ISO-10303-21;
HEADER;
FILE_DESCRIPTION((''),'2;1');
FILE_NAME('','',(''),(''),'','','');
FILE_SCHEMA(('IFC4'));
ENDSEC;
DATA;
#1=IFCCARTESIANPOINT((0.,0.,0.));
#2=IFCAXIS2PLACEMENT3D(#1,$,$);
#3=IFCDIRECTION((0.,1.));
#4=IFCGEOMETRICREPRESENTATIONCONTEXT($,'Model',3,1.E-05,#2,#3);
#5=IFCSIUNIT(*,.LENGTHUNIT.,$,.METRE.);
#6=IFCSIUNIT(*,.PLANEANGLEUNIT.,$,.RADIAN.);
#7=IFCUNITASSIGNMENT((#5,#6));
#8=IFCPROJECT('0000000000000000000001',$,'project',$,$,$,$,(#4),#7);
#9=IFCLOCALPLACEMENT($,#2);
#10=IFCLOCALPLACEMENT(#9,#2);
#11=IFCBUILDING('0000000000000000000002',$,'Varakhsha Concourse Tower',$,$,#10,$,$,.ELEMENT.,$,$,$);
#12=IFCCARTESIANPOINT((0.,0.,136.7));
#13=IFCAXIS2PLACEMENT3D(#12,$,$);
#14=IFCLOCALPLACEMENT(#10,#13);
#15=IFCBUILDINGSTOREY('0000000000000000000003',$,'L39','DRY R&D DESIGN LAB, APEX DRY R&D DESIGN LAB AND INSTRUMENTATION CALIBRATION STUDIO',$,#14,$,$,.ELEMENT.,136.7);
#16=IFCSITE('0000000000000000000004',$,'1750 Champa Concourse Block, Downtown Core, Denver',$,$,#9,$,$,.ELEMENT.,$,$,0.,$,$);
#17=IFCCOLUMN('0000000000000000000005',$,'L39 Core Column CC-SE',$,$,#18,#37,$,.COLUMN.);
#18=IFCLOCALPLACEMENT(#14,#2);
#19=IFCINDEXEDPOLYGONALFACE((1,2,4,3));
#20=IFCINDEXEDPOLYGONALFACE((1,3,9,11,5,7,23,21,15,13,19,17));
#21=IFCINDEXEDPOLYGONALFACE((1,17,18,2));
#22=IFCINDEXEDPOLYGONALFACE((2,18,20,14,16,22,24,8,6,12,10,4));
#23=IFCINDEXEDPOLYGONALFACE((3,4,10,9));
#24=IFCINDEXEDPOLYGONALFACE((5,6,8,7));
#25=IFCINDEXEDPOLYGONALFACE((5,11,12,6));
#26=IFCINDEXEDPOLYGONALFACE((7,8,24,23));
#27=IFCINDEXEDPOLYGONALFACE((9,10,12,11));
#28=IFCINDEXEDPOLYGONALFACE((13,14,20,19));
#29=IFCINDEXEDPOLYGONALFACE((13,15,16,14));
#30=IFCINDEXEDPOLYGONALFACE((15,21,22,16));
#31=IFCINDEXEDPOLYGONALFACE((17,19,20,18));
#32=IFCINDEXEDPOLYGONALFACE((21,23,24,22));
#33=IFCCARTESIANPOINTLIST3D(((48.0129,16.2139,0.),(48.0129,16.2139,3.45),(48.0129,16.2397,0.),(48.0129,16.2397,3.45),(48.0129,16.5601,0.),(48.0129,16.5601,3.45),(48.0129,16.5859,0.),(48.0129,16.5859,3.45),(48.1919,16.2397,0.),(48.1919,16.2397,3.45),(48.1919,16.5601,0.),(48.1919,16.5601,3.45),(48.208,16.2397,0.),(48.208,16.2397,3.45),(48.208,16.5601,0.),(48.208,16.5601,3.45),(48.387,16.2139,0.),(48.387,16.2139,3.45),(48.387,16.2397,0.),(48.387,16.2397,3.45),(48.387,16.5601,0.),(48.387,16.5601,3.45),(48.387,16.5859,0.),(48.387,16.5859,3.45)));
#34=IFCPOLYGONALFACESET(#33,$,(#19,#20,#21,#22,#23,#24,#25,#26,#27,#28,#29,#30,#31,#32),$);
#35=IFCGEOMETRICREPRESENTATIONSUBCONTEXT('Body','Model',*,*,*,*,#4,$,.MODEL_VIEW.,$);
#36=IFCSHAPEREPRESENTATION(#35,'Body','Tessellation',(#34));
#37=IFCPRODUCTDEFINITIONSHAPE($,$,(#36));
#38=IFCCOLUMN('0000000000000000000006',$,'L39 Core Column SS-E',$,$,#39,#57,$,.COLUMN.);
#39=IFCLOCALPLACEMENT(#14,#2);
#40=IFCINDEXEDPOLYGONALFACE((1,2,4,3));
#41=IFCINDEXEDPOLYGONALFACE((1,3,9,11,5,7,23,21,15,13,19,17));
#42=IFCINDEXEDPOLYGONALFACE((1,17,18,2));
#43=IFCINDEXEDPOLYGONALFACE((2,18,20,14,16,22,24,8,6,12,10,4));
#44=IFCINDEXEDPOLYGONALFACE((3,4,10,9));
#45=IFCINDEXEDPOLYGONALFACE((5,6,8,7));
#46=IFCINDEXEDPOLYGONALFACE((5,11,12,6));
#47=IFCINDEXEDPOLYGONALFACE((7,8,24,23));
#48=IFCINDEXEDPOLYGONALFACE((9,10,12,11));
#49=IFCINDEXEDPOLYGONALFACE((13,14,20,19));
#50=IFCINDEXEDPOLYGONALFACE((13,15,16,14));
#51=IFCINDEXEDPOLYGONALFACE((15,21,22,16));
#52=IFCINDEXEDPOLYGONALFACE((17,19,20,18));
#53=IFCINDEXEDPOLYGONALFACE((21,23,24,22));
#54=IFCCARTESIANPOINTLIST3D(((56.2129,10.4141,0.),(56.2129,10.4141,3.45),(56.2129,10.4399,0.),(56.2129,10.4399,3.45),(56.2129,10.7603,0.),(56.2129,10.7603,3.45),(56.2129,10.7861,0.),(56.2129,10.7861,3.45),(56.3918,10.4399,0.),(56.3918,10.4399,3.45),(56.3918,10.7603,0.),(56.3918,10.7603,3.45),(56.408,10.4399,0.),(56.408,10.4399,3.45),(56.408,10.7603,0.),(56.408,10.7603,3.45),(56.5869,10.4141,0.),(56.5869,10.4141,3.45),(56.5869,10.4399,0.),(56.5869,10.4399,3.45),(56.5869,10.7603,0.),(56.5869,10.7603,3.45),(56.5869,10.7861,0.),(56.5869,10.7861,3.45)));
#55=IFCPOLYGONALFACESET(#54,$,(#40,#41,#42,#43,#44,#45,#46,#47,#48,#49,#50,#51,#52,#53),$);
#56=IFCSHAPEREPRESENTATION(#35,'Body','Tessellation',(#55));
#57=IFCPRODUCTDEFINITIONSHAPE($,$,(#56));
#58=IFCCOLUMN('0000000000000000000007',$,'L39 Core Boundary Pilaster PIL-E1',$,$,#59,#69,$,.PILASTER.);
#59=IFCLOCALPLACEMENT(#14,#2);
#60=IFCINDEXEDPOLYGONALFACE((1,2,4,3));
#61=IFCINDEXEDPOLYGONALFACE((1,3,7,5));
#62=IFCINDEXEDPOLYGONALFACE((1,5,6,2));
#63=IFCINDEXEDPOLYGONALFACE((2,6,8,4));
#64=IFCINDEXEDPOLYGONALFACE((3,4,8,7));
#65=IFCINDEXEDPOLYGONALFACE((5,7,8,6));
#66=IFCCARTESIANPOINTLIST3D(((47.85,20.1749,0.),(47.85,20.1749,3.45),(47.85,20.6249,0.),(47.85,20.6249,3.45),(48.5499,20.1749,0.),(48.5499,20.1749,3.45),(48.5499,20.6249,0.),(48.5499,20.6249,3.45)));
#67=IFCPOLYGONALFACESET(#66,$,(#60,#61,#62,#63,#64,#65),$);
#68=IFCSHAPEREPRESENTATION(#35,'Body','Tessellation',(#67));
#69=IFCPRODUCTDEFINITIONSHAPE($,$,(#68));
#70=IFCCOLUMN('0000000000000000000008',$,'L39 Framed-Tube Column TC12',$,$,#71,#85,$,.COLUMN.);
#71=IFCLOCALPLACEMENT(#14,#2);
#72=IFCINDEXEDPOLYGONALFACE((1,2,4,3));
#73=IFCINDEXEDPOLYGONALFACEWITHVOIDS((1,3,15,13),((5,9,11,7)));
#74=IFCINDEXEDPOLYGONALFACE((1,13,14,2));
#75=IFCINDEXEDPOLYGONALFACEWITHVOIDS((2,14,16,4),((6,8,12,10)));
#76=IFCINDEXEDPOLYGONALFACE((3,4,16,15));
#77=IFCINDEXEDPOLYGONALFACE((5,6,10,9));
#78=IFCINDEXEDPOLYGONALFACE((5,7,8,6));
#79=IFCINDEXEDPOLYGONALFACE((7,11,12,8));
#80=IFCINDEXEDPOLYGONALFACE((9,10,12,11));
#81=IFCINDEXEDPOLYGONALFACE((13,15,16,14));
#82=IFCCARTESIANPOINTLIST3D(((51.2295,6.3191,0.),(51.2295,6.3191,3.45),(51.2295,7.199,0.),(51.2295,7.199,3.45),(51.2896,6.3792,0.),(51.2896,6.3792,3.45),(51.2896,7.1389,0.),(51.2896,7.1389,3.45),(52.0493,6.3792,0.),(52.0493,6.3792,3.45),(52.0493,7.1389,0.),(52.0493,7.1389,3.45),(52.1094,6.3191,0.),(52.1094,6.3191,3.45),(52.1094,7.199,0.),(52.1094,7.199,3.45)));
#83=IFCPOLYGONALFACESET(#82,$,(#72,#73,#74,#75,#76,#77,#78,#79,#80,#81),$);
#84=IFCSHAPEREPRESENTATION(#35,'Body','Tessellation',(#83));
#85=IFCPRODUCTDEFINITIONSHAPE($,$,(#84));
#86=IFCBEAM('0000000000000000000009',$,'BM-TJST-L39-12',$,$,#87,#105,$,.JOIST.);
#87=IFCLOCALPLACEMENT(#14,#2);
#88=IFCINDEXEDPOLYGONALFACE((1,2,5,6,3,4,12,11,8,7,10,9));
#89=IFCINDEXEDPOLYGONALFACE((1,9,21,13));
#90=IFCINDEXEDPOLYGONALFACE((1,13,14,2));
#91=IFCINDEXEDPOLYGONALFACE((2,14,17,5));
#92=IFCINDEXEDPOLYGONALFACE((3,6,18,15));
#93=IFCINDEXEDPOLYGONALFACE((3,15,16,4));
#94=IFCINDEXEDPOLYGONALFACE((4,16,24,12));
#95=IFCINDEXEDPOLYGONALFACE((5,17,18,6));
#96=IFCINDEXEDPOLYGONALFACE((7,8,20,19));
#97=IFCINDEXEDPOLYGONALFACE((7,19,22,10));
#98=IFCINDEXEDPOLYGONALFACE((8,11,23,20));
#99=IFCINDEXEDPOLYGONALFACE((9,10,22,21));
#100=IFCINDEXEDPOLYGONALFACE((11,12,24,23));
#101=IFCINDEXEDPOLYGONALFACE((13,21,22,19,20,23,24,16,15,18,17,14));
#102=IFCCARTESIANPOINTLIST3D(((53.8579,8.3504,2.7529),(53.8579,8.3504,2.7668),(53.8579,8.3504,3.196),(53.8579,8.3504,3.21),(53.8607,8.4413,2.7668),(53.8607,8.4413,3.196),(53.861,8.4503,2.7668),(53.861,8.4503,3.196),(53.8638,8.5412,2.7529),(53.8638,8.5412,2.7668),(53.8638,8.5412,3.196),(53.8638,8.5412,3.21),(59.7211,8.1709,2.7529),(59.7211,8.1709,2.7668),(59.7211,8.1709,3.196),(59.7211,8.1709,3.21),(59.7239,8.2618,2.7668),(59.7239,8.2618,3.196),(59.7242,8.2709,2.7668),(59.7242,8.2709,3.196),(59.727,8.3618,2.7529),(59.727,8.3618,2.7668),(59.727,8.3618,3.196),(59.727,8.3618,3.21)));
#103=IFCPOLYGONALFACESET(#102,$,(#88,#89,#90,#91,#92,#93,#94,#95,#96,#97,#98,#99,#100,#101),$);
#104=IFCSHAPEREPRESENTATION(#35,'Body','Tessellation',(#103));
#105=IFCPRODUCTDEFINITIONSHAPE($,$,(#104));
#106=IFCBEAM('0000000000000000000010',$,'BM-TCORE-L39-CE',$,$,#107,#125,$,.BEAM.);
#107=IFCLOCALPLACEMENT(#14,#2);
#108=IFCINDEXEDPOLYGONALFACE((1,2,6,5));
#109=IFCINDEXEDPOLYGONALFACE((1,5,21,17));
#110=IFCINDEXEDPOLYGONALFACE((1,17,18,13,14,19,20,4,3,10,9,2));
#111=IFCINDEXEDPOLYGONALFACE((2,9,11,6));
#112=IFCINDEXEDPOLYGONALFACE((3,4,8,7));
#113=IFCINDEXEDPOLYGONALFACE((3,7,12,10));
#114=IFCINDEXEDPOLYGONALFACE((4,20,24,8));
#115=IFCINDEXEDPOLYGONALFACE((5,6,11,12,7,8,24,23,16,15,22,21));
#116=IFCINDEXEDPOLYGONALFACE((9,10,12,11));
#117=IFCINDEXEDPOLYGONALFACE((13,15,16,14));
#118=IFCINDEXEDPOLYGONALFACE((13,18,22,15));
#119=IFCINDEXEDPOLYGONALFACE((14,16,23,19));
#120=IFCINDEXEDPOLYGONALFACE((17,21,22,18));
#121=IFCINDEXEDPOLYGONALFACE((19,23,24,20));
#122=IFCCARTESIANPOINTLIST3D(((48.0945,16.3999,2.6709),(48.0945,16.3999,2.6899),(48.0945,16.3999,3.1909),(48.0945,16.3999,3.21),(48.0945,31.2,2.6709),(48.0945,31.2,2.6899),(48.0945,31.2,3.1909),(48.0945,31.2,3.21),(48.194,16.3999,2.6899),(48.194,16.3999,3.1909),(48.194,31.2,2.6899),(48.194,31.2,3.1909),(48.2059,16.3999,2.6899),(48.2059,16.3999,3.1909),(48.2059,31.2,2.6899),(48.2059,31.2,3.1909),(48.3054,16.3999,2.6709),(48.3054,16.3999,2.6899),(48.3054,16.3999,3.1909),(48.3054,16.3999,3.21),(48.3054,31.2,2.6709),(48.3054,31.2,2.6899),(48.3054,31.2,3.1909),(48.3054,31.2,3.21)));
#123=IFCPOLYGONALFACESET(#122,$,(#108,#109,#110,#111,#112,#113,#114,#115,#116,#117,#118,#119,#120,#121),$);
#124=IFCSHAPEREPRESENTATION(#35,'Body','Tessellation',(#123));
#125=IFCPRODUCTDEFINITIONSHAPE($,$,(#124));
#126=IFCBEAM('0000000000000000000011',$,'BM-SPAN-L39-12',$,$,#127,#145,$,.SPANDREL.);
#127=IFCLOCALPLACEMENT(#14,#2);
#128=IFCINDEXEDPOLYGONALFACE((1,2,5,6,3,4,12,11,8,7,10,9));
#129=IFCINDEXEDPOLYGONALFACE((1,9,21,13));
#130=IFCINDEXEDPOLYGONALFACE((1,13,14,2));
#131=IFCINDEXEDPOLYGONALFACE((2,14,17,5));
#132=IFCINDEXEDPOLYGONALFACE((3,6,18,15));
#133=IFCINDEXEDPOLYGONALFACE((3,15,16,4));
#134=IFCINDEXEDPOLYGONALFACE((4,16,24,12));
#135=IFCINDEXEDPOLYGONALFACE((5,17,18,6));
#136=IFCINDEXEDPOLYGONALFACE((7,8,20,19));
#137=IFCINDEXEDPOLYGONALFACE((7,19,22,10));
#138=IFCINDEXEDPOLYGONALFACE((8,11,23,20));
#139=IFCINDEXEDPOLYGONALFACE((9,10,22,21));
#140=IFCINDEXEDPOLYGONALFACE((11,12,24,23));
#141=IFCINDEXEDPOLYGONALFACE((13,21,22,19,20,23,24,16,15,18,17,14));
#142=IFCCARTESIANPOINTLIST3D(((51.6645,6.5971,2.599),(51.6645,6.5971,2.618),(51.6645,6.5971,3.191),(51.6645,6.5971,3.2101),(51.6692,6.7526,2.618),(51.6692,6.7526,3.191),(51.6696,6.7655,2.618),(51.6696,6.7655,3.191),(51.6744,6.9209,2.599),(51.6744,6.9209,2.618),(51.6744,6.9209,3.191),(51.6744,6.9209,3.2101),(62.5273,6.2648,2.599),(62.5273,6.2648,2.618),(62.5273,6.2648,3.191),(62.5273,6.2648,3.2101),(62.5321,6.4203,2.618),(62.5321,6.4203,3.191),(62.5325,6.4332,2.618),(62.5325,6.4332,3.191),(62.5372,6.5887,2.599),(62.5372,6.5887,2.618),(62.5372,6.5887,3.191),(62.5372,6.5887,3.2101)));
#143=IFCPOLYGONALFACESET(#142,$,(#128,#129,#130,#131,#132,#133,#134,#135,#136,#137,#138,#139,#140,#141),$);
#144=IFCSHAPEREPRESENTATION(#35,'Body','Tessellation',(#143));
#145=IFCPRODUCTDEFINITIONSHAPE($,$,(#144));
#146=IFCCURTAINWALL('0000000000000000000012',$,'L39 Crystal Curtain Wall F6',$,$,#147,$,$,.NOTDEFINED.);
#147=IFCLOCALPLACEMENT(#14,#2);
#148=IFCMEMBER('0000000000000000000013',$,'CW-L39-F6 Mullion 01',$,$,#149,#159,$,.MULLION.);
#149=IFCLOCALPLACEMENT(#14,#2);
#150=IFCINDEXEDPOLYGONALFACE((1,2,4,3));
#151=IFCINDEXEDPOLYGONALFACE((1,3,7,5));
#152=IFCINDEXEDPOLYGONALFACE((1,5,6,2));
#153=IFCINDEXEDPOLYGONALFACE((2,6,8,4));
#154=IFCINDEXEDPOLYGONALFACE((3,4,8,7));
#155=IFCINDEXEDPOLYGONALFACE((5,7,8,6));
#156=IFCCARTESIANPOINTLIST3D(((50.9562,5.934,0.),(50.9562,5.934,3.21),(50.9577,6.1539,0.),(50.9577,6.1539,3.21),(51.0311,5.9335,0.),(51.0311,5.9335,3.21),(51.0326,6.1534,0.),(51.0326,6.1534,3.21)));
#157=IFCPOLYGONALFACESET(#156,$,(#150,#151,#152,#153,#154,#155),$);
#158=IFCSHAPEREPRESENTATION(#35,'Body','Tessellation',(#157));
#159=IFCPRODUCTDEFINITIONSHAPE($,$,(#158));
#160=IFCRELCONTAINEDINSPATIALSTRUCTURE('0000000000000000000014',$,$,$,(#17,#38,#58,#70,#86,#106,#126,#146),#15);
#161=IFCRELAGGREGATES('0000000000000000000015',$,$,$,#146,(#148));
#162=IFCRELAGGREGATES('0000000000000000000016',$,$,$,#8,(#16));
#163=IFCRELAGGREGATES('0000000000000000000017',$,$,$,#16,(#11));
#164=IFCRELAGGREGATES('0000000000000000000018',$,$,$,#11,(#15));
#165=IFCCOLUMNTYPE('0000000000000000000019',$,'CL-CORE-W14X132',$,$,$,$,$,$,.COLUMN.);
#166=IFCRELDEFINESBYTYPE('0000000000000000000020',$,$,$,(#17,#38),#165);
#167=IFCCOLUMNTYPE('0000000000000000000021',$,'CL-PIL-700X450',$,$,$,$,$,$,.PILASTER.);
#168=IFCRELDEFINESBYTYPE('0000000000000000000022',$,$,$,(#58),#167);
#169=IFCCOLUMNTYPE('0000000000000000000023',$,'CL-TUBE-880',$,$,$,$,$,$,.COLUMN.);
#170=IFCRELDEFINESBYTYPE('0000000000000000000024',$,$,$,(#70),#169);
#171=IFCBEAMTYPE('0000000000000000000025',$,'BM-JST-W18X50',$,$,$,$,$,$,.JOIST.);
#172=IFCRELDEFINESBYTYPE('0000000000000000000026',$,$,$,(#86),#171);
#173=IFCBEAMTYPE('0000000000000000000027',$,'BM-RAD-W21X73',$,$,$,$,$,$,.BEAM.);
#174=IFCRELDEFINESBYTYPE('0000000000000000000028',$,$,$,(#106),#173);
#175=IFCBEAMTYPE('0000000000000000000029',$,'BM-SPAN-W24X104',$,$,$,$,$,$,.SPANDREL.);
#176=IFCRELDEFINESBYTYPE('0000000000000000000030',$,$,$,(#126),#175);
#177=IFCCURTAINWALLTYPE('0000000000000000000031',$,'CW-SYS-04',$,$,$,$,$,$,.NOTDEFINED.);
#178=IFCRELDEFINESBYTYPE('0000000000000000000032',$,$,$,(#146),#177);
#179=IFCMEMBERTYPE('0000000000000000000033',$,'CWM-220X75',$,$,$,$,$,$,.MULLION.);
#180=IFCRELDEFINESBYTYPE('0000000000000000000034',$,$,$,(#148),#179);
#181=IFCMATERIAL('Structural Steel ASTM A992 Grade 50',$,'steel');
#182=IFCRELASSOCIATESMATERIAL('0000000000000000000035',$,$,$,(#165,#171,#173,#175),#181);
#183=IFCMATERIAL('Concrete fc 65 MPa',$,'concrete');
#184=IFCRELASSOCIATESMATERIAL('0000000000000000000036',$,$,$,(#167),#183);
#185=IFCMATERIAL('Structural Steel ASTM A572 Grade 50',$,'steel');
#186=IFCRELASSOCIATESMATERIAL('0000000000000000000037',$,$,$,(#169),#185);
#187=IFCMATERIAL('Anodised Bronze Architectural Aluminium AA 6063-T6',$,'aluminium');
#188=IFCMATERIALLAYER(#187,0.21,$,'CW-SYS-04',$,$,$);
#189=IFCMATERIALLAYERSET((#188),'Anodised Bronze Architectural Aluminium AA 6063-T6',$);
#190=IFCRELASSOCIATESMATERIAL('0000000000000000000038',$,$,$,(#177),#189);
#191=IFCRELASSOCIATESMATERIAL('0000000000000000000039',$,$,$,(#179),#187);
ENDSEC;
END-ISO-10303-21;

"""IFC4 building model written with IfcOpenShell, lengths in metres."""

from ifc_helpers import new_model, si_unit, direction, frame, origin, origin_2d, place, context, subcontext, project, spatial, rectangle, hollow_rectangle, i_section, extrude, source, transform, mapped, material, layer, layer_set, material_profile, profile_set, type_object, type_shapes, element, aggregate, save


model = new_model("IFC4")

# Units and contexts
model_context = context("Model", 3, precision=1e-05, world=origin(), true_north=direction((0.0, 1.0)))
body_context = subcontext(model_context, "Body", "Model", "MODEL_VIEW")
ifc_project = project(units=[si_unit("LENGTHUNIT", "METRE"), si_unit("PLANEANGLEUNIT", "RADIAN")], contexts=[model_context])

# Site, building, storey
site_placement = place(None, origin())
site = spatial("IfcSite", under=ifc_project, at=site_placement, Name="1750 Champa Concourse Block, Downtown Core, Denver", CompositionType="ELEMENT", RefElevation=0.0)
building_placement = place(site_placement, origin())
building = spatial("IfcBuilding", under=site, at=building_placement, Name="Varakhsha Concourse Tower", CompositionType="ELEMENT")
storey_placement = place(building_placement, frame((0.0, 0.0, 136.7)))
storey = spatial("IfcBuildingStorey", under=building, at=storey_placement, Name="L39", Description="DRY R&D DESIGN LAB, APEX DRY R&D DESIGN LAB AND INSTRUMENTATION CALIBRATION STUDIO", CompositionType="ELEMENT", Elevation=136.7)

# Columns
ifc_material_1 = material(Name="Structural Steel ASTM A992 Grade 50", Category="steel")
ifc_material_profile_1 = material_profile(ifc_material_1, i_section(OverallWidth=0.374, OverallDepth=0.3721, WebThickness=0.0161, FlangeThickness=0.0259, at=origin_2d()), Name="W14X132")
ifc_profile_set_1 = profile_set([ifc_material_profile_1], Name="Structural Steel ASTM A992 Grade 50")
column_type_1 = type_object("IfcColumnType", Name="CL-CORE-W14X132", PredefinedType="COLUMN", material=ifc_profile_set_1)
for number, where, z_axis, x_axis, name in (
    (1, (48.2, 16.3999, 0.0), (0.0, 0.0, 1.0), (1.0, 0.0, 0.0), "L39 Core Column CC-SE"),
    (2, (56.3999, 10.6001, 0.0), (0.0, 0.0, 1.0), (1.0, 0.0, 0.0), "L39 Core Column SS-E"),
):
    element("IfcColumn", number, at=place(storey_placement, frame(where, z_axis=z_axis, x_axis=x_axis)), inside=storey, type_object=column_type_1, Name=name, PredefinedType="COLUMN", context=body_context, shape_type="SweptSolid", body=[
        extrude(i_section(OverallWidth=0.374, OverallDepth=0.3721, WebThickness=0.0161, FlangeThickness=0.0259, at=origin_2d()), origin(), (0.0, 0.0, 1.0), 3.45),
    ])
ifc_material_2 = material(Name="Concrete fc 65 MPa", Category="concrete")
ifc_material_profile_2 = material_profile(ifc_material_2, rectangle(XDim=0.7, YDim=0.45, at=origin_2d()), Name="RC 700x450")
ifc_profile_set_2 = profile_set([ifc_material_profile_2], Name="Concrete fc 65 MPa")
column_type_2 = type_object("IfcColumnType", Name="CL-PIL-700X450", PredefinedType="PILASTER", material=ifc_profile_set_2)
column_1_placement = place(storey_placement, frame((48.2, 20.3999, 0.0), z_axis=(0.0, 0.0, 1.0), x_axis=(1.0, 0.0, 0.0)))
element("IfcColumn", 3, at=column_1_placement, inside=storey, type_object=column_type_2, Name="L39 Core Boundary Pilaster PIL-E1", PredefinedType="PILASTER", context=body_context, shape_type="SweptSolid", body=[
    extrude(rectangle(XDim=0.7, YDim=0.45, at=origin_2d()), origin(), (0.0, 0.0, 1.0), 3.45),
])
ifc_material_3 = material(Name="Structural Steel ASTM A572 Grade 50", Category="steel")
ifc_material_profile_3 = material_profile(ifc_material_3, hollow_rectangle(XDim=0.8799, YDim=0.8799, WallThickness=0.0601, at=origin_2d()), Name="BOX 880x880x60")
ifc_profile_set_3 = profile_set([ifc_material_profile_3], Name="Structural Steel ASTM A572 Grade 50")
column_type_3 = type_object("IfcColumnType", Name="CL-TUBE-880", PredefinedType="COLUMN", material=ifc_profile_set_3)
column_2_placement = place(storey_placement, frame((51.6694, 6.759, 0.0), z_axis=(0.0, 0.0, 1.0), x_axis=(1.0, 0.0, 0.0)))
element("IfcColumn", 4, at=column_2_placement, inside=storey, type_object=column_type_3, Name="L39 Framed-Tube Column TC12", PredefinedType="COLUMN", context=body_context, shape_type="SweptSolid", body=[
    extrude(hollow_rectangle(XDim=0.8799, YDim=0.8799, WallThickness=0.0601, at=origin_2d()), origin(), (0.0, 0.0, 1.0), 3.45),
])

# Beams
ifc_material_profile_4 = material_profile(ifc_material_1, i_section(OverallWidth=0.1909, OverallDepth=0.457, WebThickness=0.009, FlangeThickness=0.0139, at=origin_2d()), Name="W18X50")
ifc_profile_set_4 = profile_set([ifc_material_profile_4], Name="Structural Steel ASTM A992 Grade 50")
beam_type_1 = type_object("IfcBeamType", Name="BM-JST-W18X50", PredefinedType="JOIST", material=ifc_profile_set_4)
beam_1_placement = place(storey_placement, frame((53.8608, 8.4458, 2.9814), z_axis=(0.999532, -0.03059, 0.0), x_axis=(0.03059, 0.999532, 0.0)))
element("IfcBeam", 5, at=beam_1_placement, inside=storey, type_object=beam_type_1, Name="BM-TJST-L39-12", PredefinedType="JOIST", context=body_context, shape_type="SweptSolid", body=[
    extrude(i_section(OverallWidth=0.1909, OverallDepth=0.457, WebThickness=0.009, FlangeThickness=0.0139, at=origin_2d()), origin(), (0.0, 0.0, 1.0), 5.866),
])
ifc_material_profile_5 = material_profile(ifc_material_1, i_section(OverallWidth=0.2109, OverallDepth=0.5391, WebThickness=0.012, FlangeThickness=0.019, at=origin_2d()), Name="W21X73")
ifc_profile_set_5 = profile_set([ifc_material_profile_5], Name="Structural Steel ASTM A992 Grade 50")
beam_type_2 = type_object("IfcBeamType", Name="BM-RAD-W21X73", PredefinedType="BEAM", material=ifc_profile_set_5)
beam_2_placement = place(storey_placement, frame((48.2, 16.3999, 2.9404), z_axis=(0.0, 1.0, 0.0), x_axis=(-1.0, 0.0, 0.0)))
element("IfcBeam", 6, at=beam_2_placement, inside=storey, type_object=beam_type_2, Name="BM-TCORE-L39-CE", PredefinedType="BEAM", context=body_context, shape_type="SweptSolid", body=[
    extrude(i_section(OverallWidth=0.2109, OverallDepth=0.5391, WebThickness=0.012, FlangeThickness=0.019, at=origin_2d()), origin(), (0.0, 0.0, 1.0), 14.8),
])
ifc_material_profile_6 = material_profile(ifc_material_1, i_section(OverallWidth=0.324, OverallDepth=0.6111, WebThickness=0.0129, FlangeThickness=0.019, at=origin_2d()), Name="W24X104")
ifc_profile_set_6 = profile_set([ifc_material_profile_6], Name="Structural Steel ASTM A992 Grade 50")
beam_type_3 = type_object("IfcBeamType", Name="BM-SPAN-W24X104", PredefinedType="SPANDREL", material=ifc_profile_set_6)
beam_3_placement = place(storey_placement, frame((51.6694, 6.759, 2.9045), z_axis=(0.999533, -0.030574, 0.0), x_axis=(0.030574, 0.999533, 0.0)))
element("IfcBeam", 7, at=beam_3_placement, inside=storey, type_object=beam_type_3, Name="BM-SPAN-L39-12", PredefinedType="SPANDREL", context=body_context, shape_type="SweptSolid", body=[
    extrude(i_section(OverallWidth=0.324, OverallDepth=0.6111, WebThickness=0.0129, FlangeThickness=0.019, at=origin_2d()), origin(), (0.0, 0.0, 1.0), 10.8679),
])

# Curtain wall, member
ifc_material_4 = material(Name="Anodised Bronze Architectural Aluminium AA 6063-T6", Category="aluminium")
ifc_layer_1 = layer(ifc_material_4, 0.21, Name="CW-SYS-04")
ifc_layer_set_1 = layer_set([ifc_layer_1], Name="Anodised Bronze Architectural Aluminium AA 6063-T6")
curtain_wall_type = type_object("IfcCurtainWallType", Name="CW-SYS-04", PredefinedType="NOTDEFINED", material=ifc_layer_set_1)
curtain_wall_placement = place(storey_placement, origin())
curtain_wall = element("IfcCurtainWall", 8, at=curtain_wall_placement, inside=storey, type_object=curtain_wall_type, Name="L39 Crystal Curtain Wall F6", PredefinedType="NOTDEFINED")
ifc_material_profile_7 = material_profile(ifc_material_4, rectangle(XDim=0.075, YDim=0.22, at=origin_2d()), Name="CWM-220X75")
ifc_profile_set_7 = profile_set([ifc_material_profile_7], Name="Anodised Bronze Architectural Aluminium AA 6063-T6")
member_type = type_object("IfcMemberType", Name="CWM-220X75", PredefinedType="MULLION", material=ifc_profile_set_7)
shared_shape = source(origin(), body_context, "Body", "SweptSolid", [
    extrude(rectangle(XDim=0.075, YDim=0.22, at=origin_2d()), origin(), (0.0, 0.0, 1.0), 3.21),
])
type_shapes(member_type, [shared_shape])
member_placement = place(storey_placement, frame((50.9944, 6.0437, 0.0), z_axis=(0.0, 0.0, 1.0), x_axis=(-0.999977, 0.006786, 0.0)))
member = element("IfcMember", 9, at=member_placement, type_object=member_type, Name="CW-L39-F6 Mullion 01", PredefinedType="MULLION", context=body_context, shape_type="MappedRepresentation", body=[
    mapped(shared_shape, transform((0.0, 0.0, 0.0), scale=1.0)),
])
aggregate(curtain_wall, [member])

save(model, "model.ifc")
